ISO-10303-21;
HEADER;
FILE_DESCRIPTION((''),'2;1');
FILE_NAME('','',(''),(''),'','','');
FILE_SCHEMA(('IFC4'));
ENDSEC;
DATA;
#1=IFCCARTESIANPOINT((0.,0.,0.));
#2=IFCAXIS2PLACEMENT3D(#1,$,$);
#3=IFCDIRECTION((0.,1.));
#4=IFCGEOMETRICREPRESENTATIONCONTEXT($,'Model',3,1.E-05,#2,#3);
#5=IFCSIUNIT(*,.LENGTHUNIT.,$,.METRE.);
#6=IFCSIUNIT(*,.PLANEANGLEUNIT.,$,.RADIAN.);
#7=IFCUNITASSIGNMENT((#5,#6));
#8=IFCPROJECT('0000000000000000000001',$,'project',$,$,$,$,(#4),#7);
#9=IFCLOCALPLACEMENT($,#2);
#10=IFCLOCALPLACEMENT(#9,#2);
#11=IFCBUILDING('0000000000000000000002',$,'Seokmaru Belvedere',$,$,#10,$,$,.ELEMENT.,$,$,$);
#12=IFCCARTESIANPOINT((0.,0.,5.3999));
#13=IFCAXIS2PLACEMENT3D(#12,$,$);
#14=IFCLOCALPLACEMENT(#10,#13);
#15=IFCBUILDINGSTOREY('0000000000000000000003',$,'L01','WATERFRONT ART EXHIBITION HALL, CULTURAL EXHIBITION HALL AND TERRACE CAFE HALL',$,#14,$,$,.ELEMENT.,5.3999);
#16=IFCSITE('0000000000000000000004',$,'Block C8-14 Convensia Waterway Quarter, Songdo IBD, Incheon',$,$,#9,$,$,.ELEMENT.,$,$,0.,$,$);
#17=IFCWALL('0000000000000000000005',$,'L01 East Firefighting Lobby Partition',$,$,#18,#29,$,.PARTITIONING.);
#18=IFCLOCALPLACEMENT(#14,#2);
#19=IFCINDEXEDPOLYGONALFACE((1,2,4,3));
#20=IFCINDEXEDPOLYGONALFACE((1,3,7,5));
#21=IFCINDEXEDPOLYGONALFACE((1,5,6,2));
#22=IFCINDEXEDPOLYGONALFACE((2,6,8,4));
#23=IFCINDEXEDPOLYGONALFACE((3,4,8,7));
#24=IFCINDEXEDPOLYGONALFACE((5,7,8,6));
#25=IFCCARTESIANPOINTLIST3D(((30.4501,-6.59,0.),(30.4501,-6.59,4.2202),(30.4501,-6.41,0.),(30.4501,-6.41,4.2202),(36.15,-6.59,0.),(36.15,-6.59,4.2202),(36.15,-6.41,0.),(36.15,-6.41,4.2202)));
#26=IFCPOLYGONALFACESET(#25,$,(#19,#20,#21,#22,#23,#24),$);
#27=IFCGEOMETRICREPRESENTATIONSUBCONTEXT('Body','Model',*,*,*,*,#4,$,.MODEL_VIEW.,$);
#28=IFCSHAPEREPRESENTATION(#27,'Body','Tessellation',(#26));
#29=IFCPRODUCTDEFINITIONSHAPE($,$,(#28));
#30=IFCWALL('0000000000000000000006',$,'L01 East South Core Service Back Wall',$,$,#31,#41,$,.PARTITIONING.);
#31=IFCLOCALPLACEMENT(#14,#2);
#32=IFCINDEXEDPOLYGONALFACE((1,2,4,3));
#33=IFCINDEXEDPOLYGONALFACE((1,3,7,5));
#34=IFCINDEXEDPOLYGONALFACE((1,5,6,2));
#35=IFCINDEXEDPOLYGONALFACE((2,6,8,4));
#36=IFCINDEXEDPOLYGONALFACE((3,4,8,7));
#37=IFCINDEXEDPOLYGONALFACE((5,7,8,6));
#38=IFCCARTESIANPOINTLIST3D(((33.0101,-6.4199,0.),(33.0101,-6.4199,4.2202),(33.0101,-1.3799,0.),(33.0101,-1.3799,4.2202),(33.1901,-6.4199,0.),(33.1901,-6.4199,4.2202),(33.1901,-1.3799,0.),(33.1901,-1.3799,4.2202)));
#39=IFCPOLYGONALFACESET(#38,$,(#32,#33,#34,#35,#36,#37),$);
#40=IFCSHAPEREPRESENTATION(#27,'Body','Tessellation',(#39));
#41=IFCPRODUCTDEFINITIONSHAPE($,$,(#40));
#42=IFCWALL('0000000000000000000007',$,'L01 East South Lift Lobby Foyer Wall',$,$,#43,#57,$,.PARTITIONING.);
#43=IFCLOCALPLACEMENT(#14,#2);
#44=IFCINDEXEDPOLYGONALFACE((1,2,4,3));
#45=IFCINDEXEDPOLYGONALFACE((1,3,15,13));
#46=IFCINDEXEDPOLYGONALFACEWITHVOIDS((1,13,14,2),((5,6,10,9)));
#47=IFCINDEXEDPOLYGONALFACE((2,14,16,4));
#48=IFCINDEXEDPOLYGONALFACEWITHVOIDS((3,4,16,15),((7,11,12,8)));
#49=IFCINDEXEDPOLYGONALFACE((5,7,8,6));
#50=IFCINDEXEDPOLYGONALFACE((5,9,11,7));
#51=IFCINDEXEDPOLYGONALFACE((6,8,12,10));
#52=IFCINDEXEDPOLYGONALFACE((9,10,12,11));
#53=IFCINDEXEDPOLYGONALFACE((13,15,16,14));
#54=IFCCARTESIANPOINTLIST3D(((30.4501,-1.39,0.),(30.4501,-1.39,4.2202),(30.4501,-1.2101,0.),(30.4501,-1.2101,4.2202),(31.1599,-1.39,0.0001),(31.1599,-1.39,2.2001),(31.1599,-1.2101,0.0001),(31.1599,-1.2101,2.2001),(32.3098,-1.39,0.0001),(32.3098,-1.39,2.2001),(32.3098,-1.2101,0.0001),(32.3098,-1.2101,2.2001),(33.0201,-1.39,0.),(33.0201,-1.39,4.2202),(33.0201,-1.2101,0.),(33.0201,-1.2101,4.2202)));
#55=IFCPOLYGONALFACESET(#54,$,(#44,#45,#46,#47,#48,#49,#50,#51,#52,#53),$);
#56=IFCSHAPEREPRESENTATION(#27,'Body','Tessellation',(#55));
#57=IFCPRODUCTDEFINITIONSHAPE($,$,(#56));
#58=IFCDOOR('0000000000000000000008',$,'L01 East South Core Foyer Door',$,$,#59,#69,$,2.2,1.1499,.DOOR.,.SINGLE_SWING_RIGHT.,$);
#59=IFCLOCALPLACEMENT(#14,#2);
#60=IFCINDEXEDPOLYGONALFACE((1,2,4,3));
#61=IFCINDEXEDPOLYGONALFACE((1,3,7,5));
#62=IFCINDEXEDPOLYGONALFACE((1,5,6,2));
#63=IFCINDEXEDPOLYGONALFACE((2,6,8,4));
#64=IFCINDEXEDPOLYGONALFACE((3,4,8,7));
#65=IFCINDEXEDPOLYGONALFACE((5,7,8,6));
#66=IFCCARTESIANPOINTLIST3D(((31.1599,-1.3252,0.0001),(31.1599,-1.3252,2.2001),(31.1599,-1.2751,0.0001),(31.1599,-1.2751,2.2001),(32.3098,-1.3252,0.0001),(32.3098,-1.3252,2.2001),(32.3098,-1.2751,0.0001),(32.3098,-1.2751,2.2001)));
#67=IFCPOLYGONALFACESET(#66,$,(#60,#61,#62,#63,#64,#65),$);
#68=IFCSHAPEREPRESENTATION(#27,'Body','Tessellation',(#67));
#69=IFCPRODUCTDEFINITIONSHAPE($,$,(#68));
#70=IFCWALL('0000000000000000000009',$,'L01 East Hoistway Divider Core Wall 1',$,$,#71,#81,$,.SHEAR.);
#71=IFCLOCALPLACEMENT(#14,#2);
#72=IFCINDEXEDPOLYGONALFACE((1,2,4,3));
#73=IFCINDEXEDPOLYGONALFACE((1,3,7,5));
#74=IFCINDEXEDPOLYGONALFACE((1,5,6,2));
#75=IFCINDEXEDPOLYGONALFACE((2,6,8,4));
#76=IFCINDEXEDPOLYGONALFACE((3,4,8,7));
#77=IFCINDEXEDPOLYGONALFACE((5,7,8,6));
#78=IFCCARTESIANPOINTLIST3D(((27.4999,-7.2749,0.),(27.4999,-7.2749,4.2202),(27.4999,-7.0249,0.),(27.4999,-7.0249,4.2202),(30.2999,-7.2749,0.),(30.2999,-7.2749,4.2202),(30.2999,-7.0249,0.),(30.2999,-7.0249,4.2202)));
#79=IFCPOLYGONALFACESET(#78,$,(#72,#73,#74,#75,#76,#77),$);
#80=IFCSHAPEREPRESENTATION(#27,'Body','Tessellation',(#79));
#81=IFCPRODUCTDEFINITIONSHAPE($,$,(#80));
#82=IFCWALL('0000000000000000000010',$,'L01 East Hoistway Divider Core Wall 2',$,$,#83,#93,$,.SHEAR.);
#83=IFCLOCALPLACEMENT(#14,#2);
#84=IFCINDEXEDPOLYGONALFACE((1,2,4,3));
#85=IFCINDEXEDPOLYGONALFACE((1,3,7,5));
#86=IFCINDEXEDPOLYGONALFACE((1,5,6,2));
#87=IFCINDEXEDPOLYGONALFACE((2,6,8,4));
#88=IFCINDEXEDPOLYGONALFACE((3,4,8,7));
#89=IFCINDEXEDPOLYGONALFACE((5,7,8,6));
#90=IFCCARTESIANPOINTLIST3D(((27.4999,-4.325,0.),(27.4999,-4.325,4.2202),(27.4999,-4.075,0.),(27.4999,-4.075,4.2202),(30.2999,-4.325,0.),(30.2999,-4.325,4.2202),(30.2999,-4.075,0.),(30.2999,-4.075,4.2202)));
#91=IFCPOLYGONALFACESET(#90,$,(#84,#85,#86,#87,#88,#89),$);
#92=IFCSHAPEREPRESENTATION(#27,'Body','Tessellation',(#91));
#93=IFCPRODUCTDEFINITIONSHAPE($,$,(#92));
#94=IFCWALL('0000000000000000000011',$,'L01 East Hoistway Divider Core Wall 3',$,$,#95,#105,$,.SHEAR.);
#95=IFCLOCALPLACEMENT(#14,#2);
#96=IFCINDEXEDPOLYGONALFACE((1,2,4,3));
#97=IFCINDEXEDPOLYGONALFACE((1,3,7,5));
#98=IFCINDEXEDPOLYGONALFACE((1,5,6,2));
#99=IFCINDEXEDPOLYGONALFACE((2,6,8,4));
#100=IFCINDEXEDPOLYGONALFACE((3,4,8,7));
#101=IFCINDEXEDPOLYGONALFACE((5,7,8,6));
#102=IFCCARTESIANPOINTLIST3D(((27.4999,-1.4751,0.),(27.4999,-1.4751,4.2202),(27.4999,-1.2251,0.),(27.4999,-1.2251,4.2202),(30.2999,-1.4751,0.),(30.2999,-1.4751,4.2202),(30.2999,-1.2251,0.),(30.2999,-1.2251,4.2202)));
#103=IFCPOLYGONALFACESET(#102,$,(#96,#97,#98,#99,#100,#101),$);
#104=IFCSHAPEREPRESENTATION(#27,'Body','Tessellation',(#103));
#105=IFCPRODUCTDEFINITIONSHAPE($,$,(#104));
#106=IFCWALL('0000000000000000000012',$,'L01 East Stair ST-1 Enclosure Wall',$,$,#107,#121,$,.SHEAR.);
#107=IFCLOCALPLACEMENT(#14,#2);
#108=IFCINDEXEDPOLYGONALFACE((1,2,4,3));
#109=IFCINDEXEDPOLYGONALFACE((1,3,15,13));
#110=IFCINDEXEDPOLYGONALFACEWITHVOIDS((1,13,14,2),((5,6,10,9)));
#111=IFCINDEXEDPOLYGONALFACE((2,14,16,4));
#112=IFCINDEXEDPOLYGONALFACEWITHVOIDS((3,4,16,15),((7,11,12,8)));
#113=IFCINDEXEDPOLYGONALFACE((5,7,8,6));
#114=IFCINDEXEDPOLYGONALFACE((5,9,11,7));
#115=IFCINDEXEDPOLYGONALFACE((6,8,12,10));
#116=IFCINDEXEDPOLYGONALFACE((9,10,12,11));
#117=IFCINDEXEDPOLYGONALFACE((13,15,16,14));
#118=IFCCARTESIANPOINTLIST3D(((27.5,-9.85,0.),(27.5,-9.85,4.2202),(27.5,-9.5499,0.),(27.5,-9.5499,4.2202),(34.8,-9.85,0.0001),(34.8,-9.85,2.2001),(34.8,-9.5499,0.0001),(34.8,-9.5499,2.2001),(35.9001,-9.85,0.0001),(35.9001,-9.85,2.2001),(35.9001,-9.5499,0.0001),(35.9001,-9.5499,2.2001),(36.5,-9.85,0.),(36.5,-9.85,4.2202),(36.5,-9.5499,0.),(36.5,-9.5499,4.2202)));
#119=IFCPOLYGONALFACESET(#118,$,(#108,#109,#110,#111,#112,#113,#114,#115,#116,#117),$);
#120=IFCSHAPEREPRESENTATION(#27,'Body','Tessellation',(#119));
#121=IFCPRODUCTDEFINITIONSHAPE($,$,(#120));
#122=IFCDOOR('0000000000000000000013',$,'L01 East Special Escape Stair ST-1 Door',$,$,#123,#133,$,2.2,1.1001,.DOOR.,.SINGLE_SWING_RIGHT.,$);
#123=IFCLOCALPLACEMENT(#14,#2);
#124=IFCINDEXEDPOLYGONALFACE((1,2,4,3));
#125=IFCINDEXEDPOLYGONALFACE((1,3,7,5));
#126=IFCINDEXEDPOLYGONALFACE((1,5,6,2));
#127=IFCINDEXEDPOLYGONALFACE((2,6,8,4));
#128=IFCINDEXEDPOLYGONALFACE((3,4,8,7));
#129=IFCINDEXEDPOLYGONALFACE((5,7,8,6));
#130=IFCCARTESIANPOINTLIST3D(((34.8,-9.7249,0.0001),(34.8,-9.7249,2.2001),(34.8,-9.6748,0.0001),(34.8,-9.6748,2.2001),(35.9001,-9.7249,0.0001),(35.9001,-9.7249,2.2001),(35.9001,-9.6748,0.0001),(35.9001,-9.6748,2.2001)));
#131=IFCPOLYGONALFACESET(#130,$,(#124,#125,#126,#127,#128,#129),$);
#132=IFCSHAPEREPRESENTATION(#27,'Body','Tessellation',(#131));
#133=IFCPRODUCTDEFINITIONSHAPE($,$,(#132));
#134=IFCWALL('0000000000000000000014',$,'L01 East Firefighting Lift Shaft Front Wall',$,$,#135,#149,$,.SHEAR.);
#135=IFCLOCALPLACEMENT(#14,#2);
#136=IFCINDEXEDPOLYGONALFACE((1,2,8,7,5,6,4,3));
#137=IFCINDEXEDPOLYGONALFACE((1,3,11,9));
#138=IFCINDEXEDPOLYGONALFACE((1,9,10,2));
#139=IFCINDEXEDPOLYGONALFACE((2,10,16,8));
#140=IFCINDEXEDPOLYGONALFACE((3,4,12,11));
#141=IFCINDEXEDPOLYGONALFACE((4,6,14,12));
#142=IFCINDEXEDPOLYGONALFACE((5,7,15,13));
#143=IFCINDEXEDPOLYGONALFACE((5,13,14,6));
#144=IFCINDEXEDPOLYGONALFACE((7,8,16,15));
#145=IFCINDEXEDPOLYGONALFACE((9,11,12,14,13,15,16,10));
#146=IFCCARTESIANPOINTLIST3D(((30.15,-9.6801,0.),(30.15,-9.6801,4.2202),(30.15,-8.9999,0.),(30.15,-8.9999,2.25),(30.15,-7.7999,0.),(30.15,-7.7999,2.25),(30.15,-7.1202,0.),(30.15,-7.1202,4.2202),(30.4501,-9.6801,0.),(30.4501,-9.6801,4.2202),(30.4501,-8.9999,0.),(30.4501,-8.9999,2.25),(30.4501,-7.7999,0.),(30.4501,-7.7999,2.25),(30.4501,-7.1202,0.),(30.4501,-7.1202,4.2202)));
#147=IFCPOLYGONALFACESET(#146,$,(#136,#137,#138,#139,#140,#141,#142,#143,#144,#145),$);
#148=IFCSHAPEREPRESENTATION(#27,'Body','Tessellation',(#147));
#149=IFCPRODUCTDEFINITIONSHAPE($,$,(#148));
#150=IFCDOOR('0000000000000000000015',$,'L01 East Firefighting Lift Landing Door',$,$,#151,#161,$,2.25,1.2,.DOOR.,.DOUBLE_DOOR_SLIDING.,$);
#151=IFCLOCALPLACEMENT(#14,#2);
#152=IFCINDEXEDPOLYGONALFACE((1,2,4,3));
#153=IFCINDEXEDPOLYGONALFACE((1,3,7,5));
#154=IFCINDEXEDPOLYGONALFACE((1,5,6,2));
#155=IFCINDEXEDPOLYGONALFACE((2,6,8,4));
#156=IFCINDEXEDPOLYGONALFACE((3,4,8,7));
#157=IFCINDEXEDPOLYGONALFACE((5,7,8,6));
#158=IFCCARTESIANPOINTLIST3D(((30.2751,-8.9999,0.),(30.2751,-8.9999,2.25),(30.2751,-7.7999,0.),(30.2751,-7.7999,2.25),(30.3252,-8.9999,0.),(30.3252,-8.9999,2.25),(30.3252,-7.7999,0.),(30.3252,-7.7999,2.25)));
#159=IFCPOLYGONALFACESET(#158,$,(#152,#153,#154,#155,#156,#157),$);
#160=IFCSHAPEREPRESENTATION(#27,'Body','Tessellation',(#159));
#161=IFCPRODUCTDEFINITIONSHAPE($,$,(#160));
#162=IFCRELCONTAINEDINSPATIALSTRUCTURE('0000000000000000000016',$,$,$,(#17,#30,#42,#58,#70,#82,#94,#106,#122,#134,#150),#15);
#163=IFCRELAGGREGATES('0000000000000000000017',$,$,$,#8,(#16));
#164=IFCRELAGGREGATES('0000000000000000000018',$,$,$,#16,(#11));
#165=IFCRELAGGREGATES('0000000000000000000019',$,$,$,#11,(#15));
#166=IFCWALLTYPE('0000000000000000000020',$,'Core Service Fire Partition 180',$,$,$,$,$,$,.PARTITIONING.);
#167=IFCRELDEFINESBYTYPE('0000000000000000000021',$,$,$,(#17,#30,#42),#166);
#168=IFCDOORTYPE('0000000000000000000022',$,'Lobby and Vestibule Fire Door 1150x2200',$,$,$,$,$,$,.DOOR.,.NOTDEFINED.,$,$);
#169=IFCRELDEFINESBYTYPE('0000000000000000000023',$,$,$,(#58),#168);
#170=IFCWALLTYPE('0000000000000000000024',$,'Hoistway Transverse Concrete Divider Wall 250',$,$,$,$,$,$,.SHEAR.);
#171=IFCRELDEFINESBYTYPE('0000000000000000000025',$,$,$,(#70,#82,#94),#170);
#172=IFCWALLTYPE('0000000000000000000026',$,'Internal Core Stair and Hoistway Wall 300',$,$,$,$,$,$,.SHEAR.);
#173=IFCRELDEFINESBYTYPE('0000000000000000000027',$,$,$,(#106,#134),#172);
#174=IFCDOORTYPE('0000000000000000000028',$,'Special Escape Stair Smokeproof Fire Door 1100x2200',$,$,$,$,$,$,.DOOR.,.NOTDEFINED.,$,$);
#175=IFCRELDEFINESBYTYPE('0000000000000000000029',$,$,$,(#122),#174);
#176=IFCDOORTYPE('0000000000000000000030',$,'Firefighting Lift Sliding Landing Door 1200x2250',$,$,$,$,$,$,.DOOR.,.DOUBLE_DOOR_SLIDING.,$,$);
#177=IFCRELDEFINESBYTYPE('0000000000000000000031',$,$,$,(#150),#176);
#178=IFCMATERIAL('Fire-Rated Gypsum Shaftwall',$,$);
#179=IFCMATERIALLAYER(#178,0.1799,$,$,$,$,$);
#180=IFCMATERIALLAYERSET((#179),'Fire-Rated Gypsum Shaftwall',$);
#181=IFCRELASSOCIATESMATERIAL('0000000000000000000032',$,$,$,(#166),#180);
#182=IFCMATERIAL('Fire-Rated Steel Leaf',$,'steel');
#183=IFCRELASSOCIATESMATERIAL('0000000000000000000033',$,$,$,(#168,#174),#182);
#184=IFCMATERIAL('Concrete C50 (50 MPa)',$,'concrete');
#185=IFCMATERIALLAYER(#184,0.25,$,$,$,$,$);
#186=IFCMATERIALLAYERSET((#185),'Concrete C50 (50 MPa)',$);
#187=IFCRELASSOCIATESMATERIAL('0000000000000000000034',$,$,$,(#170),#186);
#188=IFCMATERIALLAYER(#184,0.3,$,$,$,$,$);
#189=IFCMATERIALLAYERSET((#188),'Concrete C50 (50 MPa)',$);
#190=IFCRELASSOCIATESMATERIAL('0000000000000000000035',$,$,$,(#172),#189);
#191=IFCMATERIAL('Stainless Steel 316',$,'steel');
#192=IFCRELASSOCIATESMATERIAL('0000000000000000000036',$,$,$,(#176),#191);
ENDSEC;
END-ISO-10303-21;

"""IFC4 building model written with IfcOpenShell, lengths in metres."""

from ifc_helpers import new_model, si_unit, direction, frame, frame_2d, origin, place, context, subcontext, project, spatial, rectangle, extrude, source, transform, mapped, material, layer, layer_set, type_object, type_shapes, element, fill, save


model = new_model("IFC4")

# Units and contexts
model_context = context("Model", 3, precision=1e-05, world=origin(), true_north=direction((0.0, 1.0)))
body_context = subcontext(model_context, "Body", "Model", "MODEL_VIEW")
ifc_project = project(units=[si_unit("LENGTHUNIT", "METRE"), si_unit("PLANEANGLEUNIT", "RADIAN")], contexts=[model_context])

# Site, building, storey
site_placement = place(None, origin())
site = spatial("IfcSite", under=ifc_project, at=site_placement, Name="Block C8-14 Convensia Waterway Quarter, Songdo IBD, Incheon", CompositionType="ELEMENT", RefElevation=0.0)
building_placement = place(site_placement, origin())
building = spatial("IfcBuilding", under=site, at=building_placement, Name="Seokmaru Belvedere", CompositionType="ELEMENT")
storey_placement = place(building_placement, frame((0.0, 0.0, 5.3999)))
storey = spatial("IfcBuildingStorey", under=building, at=storey_placement, Name="L01", Description="WATERFRONT ART EXHIBITION HALL, CULTURAL EXHIBITION HALL AND TERRACE CAFE HALL", CompositionType="ELEMENT", Elevation=5.3999)

# Walls
ifc_material_1 = material(Name="Fire-Rated Gypsum Shaftwall")
ifc_layer_1 = layer(ifc_material_1, 0.1799)
ifc_layer_set_1 = layer_set([ifc_layer_1], Name="Fire-Rated Gypsum Shaftwall")
wall_type_1 = type_object("IfcWallType", Name="Core Service Fire Partition 180", PredefinedType="PARTITIONING", material=ifc_layer_set_1)
wall_1_placement = place(storey_placement, frame((30.45, -6.5, 0.0), z_axis=(0.0, 0.0, 1.0), x_axis=(1.0, 0.0, 0.0)))
element("IfcWall", 1, at=wall_1_placement, inside=storey, type_object=wall_type_1, Name="L01 East Firefighting Lobby Partition", PredefinedType="PARTITIONING", context=body_context, shape_type="SweptSolid", body=[
    extrude(rectangle(XDim=5.7, YDim=0.1799, at=frame_2d((2.8501, 0.0))), origin(), (0.0, 0.0, 1.0), 4.2202),
])
wall_2_placement = place(storey_placement, frame((33.1001, -6.4199, 0.0), z_axis=(0.0, 0.0, 1.0), x_axis=(0.0, 1.0, 0.0)))
element("IfcWall", 2, at=wall_2_placement, inside=storey, type_object=wall_type_1, Name="L01 East South Core Service Back Wall", PredefinedType="PARTITIONING", context=body_context, shape_type="SweptSolid", body=[
    extrude(rectangle(XDim=5.04, YDim=0.1799, at=frame_2d((2.52, 0.0))), origin(), (0.0, 0.0, 1.0), 4.2202),
])

# Wall, opening, door
wall_3_placement = place(storey_placement, frame((30.45, -1.3, 0.0), z_axis=(0.0, 0.0, 1.0), x_axis=(1.0, 0.0, 0.0)))
wall_3 = element("IfcWall", 3, at=wall_3_placement, inside=storey, type_object=wall_type_1, Name="L01 East South Lift Lobby Foyer Wall", PredefinedType="PARTITIONING", context=body_context, shape_type="SweptSolid", body=[
    extrude(rectangle(XDim=2.5701, YDim=0.1799, at=frame_2d((1.2852, 0.0))), origin(), (0.0, 0.0, 1.0), 4.2202),
])
opening_1_placement = place(wall_3_placement, frame((0.71, 0.0, 0.0)))
opening_1 = element("IfcOpeningElement", 4, at=opening_1_placement, cuts=wall_3, PredefinedType="OPENING", context=body_context, shape_type="SweptSolid", body=[
    extrude(rectangle(XDim=1.1499, YDim=2.2, at=frame_2d((0.575, 1.1001))), frame((0.0, 0.1001, 0.0), z_axis=(0.0, -1.0, 0.0), x_axis=(1.0, 0.0, 0.0)), (0.0, 0.0, 1.0), 0.2),
])
ifc_material_2 = material(Name="Fire-Rated Steel Leaf", Category="steel")
door_type_1 = type_object("IfcDoorType", Name="Lobby and Vestibule Fire Door 1150x2200", OperationType="NOTDEFINED", PredefinedType="DOOR", material=ifc_material_2)
shared_shape_1 = source(origin(), body_context, "Body", "SweptSolid", [
    extrude(rectangle(XDim=1.1499, YDim=2.2, at=frame_2d((0.575, 1.1001))), frame((0.0, 0.0249, 0.0), z_axis=(0.0, -1.0, 0.0), x_axis=(1.0, 0.0, 0.0)), (0.0, 0.0, 1.0), 0.05),
])
type_shapes(door_type_1, [shared_shape_1])
door_1_placement = place(opening_1_placement, origin())
door_1 = element("IfcDoor", 5, at=door_1_placement, inside=storey, type_object=door_type_1, Name="L01 East South Core Foyer Door", OperationType="SINGLE_SWING_RIGHT", OverallHeight=2.2, OverallWidth=1.1499, PredefinedType="DOOR", context=body_context, shape_type="MappedRepresentation", body=[
    mapped(shared_shape_1, transform((0.0, 0.0, 0.0), scale=1.0)),
])
fill(opening_1, door_1)

# Walls
ifc_material_3 = material(Name="Concrete C50 (50 MPa)", Category="concrete")
ifc_layer_2 = layer(ifc_material_3, 0.25)
ifc_layer_set_2 = layer_set([ifc_layer_2], Name="Concrete C50 (50 MPa)")
wall_type_2 = type_object("IfcWallType", Name="Hoistway Transverse Concrete Divider Wall 250", PredefinedType="SHEAR", material=ifc_layer_set_2)
for number, where, z_axis, x_axis, name in (
    (6, (27.5, -7.1499, 0.0), (0.0, 0.0, 1.0), (1.0, 0.0, 0.0), "L01 East Hoistway Divider Core Wall 1"),
    (7, (27.5, -4.2, 0.0), (0.0, 0.0, 1.0), (1.0, 0.0, 0.0), "L01 East Hoistway Divider Core Wall 2"),
    (8, (27.5, -1.3501, 0.0), (0.0, 0.0, 1.0), (1.0, 0.0, 0.0), "L01 East Hoistway Divider Core Wall 3"),
):
    element("IfcWall", number, at=place(storey_placement, frame(where, z_axis=z_axis, x_axis=x_axis)), inside=storey, type_object=wall_type_2, Name=name, PredefinedType="SHEAR", context=body_context, shape_type="SweptSolid", body=[
        extrude(rectangle(XDim=2.8, YDim=0.25, at=frame_2d((1.3999, 0.0))), origin(), (0.0, 0.0, 1.0), 4.2202),
    ])

# Walls, openings, doors
ifc_layer_3 = layer(ifc_material_3, 0.3)
ifc_layer_set_3 = layer_set([ifc_layer_3], Name="Concrete C50 (50 MPa)")
wall_type_3 = type_object("IfcWallType", Name="Internal Core Stair and Hoistway Wall 300", PredefinedType="SHEAR", material=ifc_layer_set_3)
wall_4_placement = place(storey_placement, frame((27.5, -9.7, 0.0), z_axis=(0.0, 0.0, 1.0), x_axis=(1.0, 0.0, 0.0)))
wall_4 = element("IfcWall", 9, at=wall_4_placement, inside=storey, type_object=wall_type_3, Name="L01 East Stair ST-1 Enclosure Wall", PredefinedType="SHEAR", context=body_context, shape_type="SweptSolid", body=[
    extrude(rectangle(XDim=9.0, YDim=0.3, at=frame_2d((4.5, 0.0))), origin(), (0.0, 0.0, 1.0), 4.2202),
])
opening_2_placement = place(wall_4_placement, frame((7.3, 0.0, 0.0)))
opening_2 = element("IfcOpeningElement", 10, at=opening_2_placement, cuts=wall_4, PredefinedType="OPENING", context=body_context, shape_type="SweptSolid", body=[
    extrude(rectangle(XDim=1.1001, YDim=2.2, at=frame_2d((0.55, 1.1001))), frame((0.0, 0.1602, 0.0), z_axis=(0.0, -1.0, 0.0), x_axis=(1.0, 0.0, 0.0)), (0.0, 0.0, 1.0), 0.3201),
])
door_type_2 = type_object("IfcDoorType", Name="Special Escape Stair Smokeproof Fire Door 1100x2200", OperationType="NOTDEFINED", PredefinedType="DOOR", material=ifc_material_2)
shared_shape_2 = source(origin(), body_context, "Body", "SweptSolid", [
    extrude(rectangle(XDim=1.1001, YDim=2.2, at=frame_2d((0.55, 1.1001))), frame((0.0, 0.0249, 0.0), z_axis=(0.0, -1.0, 0.0), x_axis=(1.0, 0.0, 0.0)), (0.0, 0.0, 1.0), 0.05),
])
type_shapes(door_type_2, [shared_shape_2])
door_2_placement = place(opening_2_placement, frame((1.1001, 0.0, 0.0), z_axis=(0.0, 0.0, 1.0), x_axis=(-1.0, 0.0, 0.0)))
door_2 = element("IfcDoor", 11, at=door_2_placement, inside=storey, type_object=door_type_2, Name="L01 East Special Escape Stair ST-1 Door", OperationType="SINGLE_SWING_RIGHT", OverallHeight=2.2, OverallWidth=1.1001, PredefinedType="DOOR", context=body_context, shape_type="MappedRepresentation", body=[
    mapped(shared_shape_2, transform((0.0, 0.0, 0.0), scale=1.0)),
])
fill(opening_2, door_2)
wall_5_placement = place(storey_placement, frame((30.3, -9.6799, 0.0), z_axis=(0.0, 0.0, 1.0), x_axis=(0.0, 1.0, 0.0)))
wall_5 = element("IfcWall", 12, at=wall_5_placement, inside=storey, type_object=wall_type_3, Name="L01 East Firefighting Lift Shaft Front Wall", PredefinedType="SHEAR", context=body_context, shape_type="SweptSolid", body=[
    extrude(rectangle(XDim=2.5598, YDim=0.3, at=frame_2d((1.2798, 0.0))), origin(), (0.0, 0.0, 1.0), 4.2202),
])
opening_3_placement = place(wall_5_placement, frame((0.6799, 0.0, 0.0)))
opening_3 = element("IfcOpeningElement", 13, at=opening_3_placement, cuts=wall_5, PredefinedType="OPENING", context=body_context, shape_type="SweptSolid", body=[
    extrude(rectangle(XDim=1.2, YDim=2.25, at=frame_2d((0.6001, 1.125))), frame((0.0, 0.1602, 0.0), z_axis=(0.0, -1.0, 0.0), x_axis=(1.0, 0.0, 0.0)), (0.0, 0.0, 1.0), 0.3201),
])
ifc_material_4 = material(Name="Stainless Steel 316", Category="steel")
door_type_3 = type_object("IfcDoorType", Name="Firefighting Lift Sliding Landing Door 1200x2250", OperationType="DOUBLE_DOOR_SLIDING", PredefinedType="DOOR", material=ifc_material_4)
shared_shape_3 = source(origin(), body_context, "Body", "SweptSolid", [
    extrude(rectangle(XDim=1.2, YDim=2.25, at=frame_2d((0.6001, 1.125))), frame((0.0, 0.0249, 0.0), z_axis=(0.0, -1.0, 0.0), x_axis=(1.0, 0.0, 0.0)), (0.0, 0.0, 1.0), 0.05),
])
type_shapes(door_type_3, [shared_shape_3])
door_3_placement = place(opening_3_placement, origin())
door_3 = element("IfcDoor", 14, at=door_3_placement, inside=storey, type_object=door_type_3, Name="L01 East Firefighting Lift Landing Door", OperationType="DOUBLE_DOOR_SLIDING", OverallHeight=2.25, OverallWidth=1.2, PredefinedType="DOOR", context=body_context, shape_type="MappedRepresentation", body=[
    mapped(shared_shape_3, transform((0.0, 0.0, 0.0), scale=1.0)),
])
fill(opening_3, door_3)

save(model, "model.ifc")
